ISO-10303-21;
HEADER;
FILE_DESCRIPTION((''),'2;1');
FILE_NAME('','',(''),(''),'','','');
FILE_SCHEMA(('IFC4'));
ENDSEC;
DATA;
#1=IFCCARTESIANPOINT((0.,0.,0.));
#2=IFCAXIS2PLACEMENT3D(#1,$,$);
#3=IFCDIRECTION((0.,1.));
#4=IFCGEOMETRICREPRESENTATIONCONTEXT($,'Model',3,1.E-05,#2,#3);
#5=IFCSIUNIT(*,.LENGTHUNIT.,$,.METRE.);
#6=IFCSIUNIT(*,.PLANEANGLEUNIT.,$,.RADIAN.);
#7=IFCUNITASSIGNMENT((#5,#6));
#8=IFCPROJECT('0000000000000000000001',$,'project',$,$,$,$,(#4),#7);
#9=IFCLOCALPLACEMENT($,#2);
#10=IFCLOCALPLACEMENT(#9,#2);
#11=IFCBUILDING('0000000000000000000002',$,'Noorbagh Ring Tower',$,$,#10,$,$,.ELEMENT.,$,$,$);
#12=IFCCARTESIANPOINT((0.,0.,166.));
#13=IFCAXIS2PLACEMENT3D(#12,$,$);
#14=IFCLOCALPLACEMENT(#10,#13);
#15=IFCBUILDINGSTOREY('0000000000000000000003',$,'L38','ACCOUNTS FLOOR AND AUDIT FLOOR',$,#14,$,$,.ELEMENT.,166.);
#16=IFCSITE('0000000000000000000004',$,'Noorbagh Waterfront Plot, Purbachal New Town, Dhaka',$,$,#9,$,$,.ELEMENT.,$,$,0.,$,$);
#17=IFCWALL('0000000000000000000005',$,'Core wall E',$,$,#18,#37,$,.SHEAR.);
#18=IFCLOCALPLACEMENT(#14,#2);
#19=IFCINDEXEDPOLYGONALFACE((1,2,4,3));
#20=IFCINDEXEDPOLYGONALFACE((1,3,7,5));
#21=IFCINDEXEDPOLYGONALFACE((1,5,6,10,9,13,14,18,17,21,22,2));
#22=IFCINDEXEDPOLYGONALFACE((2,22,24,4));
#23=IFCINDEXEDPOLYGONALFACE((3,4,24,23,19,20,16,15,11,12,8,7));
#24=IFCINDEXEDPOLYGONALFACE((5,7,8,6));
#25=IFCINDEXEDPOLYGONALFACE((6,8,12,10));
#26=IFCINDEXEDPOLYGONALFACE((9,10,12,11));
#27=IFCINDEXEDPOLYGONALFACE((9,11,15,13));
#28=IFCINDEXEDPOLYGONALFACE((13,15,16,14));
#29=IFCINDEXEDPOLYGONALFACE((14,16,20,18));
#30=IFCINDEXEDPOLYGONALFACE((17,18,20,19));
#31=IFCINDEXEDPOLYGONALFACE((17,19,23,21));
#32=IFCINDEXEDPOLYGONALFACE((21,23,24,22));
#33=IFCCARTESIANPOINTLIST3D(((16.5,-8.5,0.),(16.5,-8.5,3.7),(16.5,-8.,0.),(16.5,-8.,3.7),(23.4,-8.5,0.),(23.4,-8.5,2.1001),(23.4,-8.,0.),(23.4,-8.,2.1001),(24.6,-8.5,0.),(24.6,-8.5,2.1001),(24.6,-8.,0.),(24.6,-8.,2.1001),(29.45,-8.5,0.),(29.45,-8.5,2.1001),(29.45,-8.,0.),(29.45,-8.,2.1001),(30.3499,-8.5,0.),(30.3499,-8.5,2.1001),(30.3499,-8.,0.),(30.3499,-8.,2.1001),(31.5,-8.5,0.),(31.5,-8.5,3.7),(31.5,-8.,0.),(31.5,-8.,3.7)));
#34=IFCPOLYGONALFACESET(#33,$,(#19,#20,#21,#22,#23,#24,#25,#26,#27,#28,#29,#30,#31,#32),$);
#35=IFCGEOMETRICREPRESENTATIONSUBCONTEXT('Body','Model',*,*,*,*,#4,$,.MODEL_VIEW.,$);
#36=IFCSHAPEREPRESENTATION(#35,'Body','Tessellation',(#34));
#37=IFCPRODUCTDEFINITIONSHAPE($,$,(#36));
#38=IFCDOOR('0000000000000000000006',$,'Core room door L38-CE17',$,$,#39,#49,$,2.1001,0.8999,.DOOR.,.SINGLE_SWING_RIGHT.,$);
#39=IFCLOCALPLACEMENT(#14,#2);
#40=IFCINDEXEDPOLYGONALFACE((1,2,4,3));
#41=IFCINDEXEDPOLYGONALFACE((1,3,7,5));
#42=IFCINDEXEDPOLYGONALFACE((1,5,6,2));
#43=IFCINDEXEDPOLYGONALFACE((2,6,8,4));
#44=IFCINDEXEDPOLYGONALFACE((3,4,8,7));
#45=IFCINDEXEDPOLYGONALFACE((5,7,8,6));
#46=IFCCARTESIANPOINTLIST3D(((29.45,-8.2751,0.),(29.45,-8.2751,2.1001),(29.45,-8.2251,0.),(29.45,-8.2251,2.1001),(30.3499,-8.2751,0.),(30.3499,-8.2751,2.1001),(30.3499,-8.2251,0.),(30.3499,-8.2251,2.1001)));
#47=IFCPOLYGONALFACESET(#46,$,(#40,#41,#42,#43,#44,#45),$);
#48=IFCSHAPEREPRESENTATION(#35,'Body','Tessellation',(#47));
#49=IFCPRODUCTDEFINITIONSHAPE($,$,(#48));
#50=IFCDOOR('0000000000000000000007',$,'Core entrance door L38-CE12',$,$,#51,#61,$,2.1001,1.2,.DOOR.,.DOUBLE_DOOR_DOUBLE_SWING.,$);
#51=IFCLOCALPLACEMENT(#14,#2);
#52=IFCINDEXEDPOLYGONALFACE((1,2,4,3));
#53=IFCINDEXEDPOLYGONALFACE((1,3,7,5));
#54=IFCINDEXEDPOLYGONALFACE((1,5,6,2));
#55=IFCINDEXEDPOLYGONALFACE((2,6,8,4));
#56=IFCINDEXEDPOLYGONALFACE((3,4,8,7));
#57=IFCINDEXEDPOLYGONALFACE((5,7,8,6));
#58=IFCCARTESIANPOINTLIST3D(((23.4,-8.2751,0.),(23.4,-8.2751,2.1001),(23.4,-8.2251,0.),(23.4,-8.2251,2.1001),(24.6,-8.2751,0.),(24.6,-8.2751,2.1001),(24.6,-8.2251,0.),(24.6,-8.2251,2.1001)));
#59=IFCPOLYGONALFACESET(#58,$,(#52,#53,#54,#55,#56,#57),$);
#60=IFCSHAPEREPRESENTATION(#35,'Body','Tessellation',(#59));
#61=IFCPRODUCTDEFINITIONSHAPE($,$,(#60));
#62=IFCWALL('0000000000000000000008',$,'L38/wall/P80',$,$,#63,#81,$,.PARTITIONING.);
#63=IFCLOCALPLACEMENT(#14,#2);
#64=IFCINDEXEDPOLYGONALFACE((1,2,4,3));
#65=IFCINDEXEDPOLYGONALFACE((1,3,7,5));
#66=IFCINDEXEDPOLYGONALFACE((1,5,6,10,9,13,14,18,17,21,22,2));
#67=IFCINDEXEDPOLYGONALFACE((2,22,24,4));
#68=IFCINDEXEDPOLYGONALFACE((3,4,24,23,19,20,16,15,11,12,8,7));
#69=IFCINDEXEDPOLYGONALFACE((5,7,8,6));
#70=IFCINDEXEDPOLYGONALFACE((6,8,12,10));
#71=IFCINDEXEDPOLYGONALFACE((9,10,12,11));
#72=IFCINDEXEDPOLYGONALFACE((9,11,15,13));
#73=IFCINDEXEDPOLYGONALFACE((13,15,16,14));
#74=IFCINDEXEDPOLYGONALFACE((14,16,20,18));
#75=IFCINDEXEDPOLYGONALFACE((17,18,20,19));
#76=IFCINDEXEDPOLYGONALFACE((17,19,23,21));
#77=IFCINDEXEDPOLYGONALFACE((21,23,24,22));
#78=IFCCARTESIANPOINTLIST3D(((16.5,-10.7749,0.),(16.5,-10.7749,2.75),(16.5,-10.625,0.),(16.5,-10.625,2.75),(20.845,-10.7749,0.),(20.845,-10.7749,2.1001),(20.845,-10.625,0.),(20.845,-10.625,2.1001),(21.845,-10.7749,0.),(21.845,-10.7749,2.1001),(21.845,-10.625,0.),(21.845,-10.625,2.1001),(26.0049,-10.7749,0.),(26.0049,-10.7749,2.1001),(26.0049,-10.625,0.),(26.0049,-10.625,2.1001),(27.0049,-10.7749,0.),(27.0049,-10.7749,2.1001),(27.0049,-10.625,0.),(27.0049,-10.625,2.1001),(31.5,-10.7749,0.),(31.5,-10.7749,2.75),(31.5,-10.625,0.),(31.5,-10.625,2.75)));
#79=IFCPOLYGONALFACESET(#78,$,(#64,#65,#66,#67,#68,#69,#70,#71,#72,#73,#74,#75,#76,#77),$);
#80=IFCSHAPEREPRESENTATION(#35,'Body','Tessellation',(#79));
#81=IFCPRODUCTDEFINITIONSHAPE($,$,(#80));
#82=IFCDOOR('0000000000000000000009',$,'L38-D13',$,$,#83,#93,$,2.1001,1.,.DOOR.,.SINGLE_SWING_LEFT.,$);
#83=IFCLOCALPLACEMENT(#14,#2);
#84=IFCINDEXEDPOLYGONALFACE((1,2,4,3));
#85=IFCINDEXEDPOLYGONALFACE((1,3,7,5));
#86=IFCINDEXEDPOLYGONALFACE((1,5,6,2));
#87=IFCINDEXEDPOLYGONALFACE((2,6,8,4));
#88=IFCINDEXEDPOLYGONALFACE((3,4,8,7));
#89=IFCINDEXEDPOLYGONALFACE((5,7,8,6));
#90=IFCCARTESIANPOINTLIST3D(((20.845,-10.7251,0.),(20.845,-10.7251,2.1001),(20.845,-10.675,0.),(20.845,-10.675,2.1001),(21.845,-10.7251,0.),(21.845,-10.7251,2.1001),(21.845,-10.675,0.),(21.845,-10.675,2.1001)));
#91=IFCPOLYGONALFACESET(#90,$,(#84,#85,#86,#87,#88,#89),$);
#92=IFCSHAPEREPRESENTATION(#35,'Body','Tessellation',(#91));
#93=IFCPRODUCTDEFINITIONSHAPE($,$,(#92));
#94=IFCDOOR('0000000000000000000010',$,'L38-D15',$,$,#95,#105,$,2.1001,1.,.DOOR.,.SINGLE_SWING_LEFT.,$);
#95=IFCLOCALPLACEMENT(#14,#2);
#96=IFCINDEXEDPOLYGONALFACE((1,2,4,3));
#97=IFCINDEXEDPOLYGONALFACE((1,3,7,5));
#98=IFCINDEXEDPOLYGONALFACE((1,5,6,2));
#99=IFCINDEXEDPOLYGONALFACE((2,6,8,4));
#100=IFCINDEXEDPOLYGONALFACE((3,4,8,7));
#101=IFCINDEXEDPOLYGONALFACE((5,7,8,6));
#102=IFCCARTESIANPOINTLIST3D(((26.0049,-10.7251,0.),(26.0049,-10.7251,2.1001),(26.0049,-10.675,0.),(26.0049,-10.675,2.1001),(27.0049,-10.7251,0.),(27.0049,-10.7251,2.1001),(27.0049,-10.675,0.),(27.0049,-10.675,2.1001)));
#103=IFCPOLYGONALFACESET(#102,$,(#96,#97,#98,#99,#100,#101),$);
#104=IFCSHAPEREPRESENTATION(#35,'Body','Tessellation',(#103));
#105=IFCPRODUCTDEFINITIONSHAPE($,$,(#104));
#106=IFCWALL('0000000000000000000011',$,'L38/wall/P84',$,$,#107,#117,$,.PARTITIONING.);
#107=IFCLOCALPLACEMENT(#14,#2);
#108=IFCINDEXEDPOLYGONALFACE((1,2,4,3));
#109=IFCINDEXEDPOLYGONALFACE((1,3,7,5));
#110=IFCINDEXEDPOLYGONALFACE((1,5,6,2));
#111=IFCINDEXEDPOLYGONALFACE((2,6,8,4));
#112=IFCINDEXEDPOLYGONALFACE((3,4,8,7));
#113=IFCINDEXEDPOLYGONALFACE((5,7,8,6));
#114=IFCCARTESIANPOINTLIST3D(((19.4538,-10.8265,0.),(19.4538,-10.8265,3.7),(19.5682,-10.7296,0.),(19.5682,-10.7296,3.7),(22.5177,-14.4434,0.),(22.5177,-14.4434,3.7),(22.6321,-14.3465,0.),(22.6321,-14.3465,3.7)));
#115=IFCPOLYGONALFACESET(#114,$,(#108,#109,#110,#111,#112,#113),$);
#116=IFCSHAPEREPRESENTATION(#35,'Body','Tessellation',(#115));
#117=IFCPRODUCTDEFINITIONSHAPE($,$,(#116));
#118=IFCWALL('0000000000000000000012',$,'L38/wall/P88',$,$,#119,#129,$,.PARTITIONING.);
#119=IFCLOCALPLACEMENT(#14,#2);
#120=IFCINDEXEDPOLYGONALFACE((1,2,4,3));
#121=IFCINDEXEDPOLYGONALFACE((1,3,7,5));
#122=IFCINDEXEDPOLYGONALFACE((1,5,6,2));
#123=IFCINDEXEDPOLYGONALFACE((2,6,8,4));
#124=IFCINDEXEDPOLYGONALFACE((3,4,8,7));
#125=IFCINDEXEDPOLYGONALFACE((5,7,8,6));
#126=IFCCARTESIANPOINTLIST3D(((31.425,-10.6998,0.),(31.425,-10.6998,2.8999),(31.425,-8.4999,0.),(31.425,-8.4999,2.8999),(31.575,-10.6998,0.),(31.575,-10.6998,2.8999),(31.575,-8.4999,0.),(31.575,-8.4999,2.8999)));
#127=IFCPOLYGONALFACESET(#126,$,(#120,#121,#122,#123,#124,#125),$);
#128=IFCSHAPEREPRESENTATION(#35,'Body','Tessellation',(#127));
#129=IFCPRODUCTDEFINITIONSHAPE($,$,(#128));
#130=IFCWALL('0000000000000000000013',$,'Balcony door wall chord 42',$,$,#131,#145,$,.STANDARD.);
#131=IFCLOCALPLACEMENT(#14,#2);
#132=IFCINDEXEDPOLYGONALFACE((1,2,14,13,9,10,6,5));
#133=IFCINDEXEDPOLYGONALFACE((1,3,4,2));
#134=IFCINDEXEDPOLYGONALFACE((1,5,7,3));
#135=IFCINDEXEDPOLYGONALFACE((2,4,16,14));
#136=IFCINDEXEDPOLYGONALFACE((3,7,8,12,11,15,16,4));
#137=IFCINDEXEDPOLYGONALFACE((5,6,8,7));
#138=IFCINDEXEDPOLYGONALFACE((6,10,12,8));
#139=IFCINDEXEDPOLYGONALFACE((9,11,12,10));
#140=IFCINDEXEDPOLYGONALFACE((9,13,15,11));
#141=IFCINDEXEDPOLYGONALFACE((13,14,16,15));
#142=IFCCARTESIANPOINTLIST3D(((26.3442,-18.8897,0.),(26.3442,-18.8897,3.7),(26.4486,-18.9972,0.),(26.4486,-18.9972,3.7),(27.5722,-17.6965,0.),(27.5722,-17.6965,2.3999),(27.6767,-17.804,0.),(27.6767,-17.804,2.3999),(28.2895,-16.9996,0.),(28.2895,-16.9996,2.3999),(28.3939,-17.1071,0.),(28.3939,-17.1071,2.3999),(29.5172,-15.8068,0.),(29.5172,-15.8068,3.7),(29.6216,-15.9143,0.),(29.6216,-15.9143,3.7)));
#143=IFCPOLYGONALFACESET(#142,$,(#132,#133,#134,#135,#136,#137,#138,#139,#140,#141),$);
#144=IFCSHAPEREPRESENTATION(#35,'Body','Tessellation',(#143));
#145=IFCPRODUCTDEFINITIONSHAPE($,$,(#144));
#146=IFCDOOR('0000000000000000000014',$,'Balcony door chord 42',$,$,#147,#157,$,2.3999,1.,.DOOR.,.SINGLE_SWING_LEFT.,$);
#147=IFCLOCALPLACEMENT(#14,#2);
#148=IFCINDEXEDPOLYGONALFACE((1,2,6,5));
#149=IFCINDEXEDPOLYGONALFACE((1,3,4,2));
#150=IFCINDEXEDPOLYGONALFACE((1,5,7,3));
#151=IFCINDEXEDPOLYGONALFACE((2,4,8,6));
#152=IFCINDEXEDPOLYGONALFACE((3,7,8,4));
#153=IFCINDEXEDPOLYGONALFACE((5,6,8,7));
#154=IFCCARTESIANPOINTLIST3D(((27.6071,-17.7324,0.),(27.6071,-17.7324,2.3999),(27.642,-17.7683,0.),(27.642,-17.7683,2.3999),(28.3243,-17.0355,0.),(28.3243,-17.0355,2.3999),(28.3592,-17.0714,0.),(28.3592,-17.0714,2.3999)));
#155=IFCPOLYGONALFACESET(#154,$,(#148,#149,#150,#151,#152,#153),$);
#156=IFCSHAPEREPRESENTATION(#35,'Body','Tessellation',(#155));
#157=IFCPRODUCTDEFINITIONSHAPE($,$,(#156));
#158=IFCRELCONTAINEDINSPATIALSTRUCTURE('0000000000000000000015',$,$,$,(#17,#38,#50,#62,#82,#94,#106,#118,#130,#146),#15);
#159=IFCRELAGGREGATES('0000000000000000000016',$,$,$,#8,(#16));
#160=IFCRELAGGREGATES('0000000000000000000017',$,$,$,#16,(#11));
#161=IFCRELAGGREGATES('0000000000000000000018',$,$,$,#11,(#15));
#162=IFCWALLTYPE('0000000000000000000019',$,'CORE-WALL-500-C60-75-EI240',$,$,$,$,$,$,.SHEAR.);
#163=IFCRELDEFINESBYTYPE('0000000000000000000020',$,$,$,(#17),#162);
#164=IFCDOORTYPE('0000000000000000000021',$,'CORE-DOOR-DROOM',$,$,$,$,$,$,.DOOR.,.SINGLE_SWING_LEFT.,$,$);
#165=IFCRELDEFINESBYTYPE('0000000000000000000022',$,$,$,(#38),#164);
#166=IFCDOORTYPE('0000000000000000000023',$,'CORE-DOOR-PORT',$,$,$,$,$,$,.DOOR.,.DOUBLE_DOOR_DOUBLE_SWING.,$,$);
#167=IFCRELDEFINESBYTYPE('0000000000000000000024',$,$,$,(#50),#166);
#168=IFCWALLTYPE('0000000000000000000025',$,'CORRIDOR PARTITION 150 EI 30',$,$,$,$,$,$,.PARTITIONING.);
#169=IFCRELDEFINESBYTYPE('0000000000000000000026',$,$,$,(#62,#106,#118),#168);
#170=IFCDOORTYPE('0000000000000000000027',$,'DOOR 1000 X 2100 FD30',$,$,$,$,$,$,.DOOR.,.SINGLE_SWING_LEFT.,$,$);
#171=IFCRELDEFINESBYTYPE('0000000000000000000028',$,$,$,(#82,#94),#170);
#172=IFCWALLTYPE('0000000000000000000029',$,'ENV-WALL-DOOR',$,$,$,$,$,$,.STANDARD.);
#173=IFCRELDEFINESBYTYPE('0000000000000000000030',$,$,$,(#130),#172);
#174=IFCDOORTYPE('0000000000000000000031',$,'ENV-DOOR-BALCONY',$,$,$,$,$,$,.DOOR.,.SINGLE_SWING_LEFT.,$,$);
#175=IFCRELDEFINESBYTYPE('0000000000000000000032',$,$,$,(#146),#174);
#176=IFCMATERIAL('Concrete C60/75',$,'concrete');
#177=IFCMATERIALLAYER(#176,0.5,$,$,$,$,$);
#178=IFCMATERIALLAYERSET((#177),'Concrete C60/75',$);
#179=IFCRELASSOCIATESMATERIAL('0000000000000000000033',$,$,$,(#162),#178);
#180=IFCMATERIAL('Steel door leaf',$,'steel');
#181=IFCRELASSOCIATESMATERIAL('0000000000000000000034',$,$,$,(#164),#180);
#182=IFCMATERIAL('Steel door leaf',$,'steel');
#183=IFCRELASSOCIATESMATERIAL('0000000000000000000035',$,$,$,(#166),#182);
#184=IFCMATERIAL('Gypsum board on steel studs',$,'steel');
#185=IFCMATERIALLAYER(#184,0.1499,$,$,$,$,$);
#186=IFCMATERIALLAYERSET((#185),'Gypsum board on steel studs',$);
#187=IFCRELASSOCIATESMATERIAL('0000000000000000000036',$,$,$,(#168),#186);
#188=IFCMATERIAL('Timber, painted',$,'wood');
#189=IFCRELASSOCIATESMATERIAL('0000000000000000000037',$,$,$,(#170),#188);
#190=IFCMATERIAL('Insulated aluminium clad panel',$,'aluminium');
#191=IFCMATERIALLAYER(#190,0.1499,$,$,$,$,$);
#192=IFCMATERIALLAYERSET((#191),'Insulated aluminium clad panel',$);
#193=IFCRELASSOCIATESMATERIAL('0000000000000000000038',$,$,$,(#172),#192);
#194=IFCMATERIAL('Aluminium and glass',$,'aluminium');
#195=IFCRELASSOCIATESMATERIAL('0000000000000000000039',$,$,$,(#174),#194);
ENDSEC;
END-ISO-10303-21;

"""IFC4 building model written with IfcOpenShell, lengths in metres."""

from ifc_helpers import new_model, si_unit, direction, frame, frame_2d, origin, place, context, subcontext, project, spatial, rectangle, extrude, material, layer, layer_set, type_object, element, fill, save


model = new_model("IFC4")

# Units and contexts
model_context = context("Model", 3, precision=1e-05, world=origin(), true_north=direction((0.0, 1.0)))
body_context = subcontext(model_context, "Body", "Model", "MODEL_VIEW")
ifc_project = project(units=[si_unit("LENGTHUNIT", "METRE"), si_unit("PLANEANGLEUNIT", "RADIAN")], contexts=[model_context])

# Site, building, storey
site_placement = place(None, origin())
site = spatial("IfcSite", under=ifc_project, at=site_placement, Name="Noorbagh Waterfront Plot, Purbachal New Town, Dhaka", CompositionType="ELEMENT", RefElevation=0.0)
building_placement = place(site_placement, origin())
building = spatial("IfcBuilding", under=site, at=building_placement, Name="Noorbagh Ring Tower", CompositionType="ELEMENT")
storey_placement = place(building_placement, frame((0.0, 0.0, 166.0)))
storey = spatial("IfcBuildingStorey", under=building, at=storey_placement, Name="L38", Description="ACCOUNTS FLOOR AND AUDIT FLOOR", CompositionType="ELEMENT", Elevation=166.0)

# Walls, openings, doors
ifc_material_1 = material(Name="Concrete C60/75", Category="concrete")
ifc_layer_1 = layer(ifc_material_1, 0.5)
ifc_layer_set_1 = layer_set([ifc_layer_1], Name="Concrete C60/75")
wall_type_1 = type_object("IfcWallType", Name="CORE-WALL-500-C60-75-EI240", PredefinedType="SHEAR", material=ifc_layer_set_1)
wall_1_placement = place(storey_placement, frame((16.5, -8.25, 0.0), z_axis=(0.0, 0.0, 1.0), x_axis=(1.0, 0.0, 0.0)))
wall_1 = element("IfcWall", 1, at=wall_1_placement, inside=storey, type_object=wall_type_1, Name="Core wall E", PredefinedType="SHEAR", context=body_context, shape_type="SweptSolid", body=[
    extrude(rectangle(XDim=15.0, YDim=0.5, at=frame_2d((7.5, 0.0))), origin(), (0.0, 0.0, 1.0), 3.7),
])
opening_1_placement = place(wall_1_placement, frame((6.8999, 0.0, 0.0)))
opening_1 = element("IfcOpeningElement", 2, at=opening_1_placement, cuts=wall_1, PredefinedType="OPENING", context=body_context, shape_type="SweptSolid", body=[
    extrude(rectangle(XDim=1.2, YDim=2.1001, at=frame_2d((0.6001, 1.05))), frame((0.0, 0.26, 0.0), z_axis=(0.0, -1.0, 0.0), x_axis=(1.0, 0.0, 0.0)), (0.0, 0.0, 1.0), 0.52),
])
opening_2_placement = place(wall_1_placement, frame((12.95, 0.0, 0.0)))
opening_2 = element("IfcOpeningElement", 3, at=opening_2_placement, cuts=wall_1, PredefinedType="OPENING", context=body_context, shape_type="SweptSolid", body=[
    extrude(rectangle(XDim=0.8999, YDim=2.1001, at=frame_2d((0.45, 1.05))), frame((0.0, 0.26, 0.0), z_axis=(0.0, -1.0, 0.0), x_axis=(1.0, 0.0, 0.0)), (0.0, 0.0, 1.0), 0.52),
])
ifc_material_2 = material(Name="Steel door leaf", Category="steel")
door_type_1 = type_object("IfcDoorType", Name="CORE-DOOR-DROOM", OperationType="SINGLE_SWING_LEFT", PredefinedType="DOOR", material=ifc_material_2)
door_1_placement = place(opening_2_placement, origin())
door_1 = element("IfcDoor", 4, at=door_1_placement, inside=storey, type_object=door_type_1, Name="Core room door L38-CE17", OperationType="SINGLE_SWING_RIGHT", OverallHeight=2.1001, OverallWidth=0.8999, PredefinedType="DOOR", context=body_context, shape_type="SweptSolid", body=[
    extrude(rectangle(XDim=0.8999, YDim=2.1001, at=frame_2d((0.45, 1.05))), frame((0.0, 0.0249, 0.0), z_axis=(0.0, -1.0, 0.0), x_axis=(1.0, 0.0, 0.0)), (0.0, 0.0, 1.0), 0.05),
])
fill(opening_2, door_1)
ifc_material_3 = material(Name="Steel door leaf", Category="steel")
door_type_2 = type_object("IfcDoorType", Name="CORE-DOOR-PORT", OperationType="DOUBLE_DOOR_DOUBLE_SWING", PredefinedType="DOOR", material=ifc_material_3)
door_2_placement = place(opening_1_placement, origin())
door_2 = element("IfcDoor", 5, at=door_2_placement, inside=storey, type_object=door_type_2, Name="Core entrance door L38-CE12", OperationType="DOUBLE_DOOR_DOUBLE_SWING", OverallHeight=2.1001, OverallWidth=1.2, PredefinedType="DOOR", context=body_context, shape_type="SweptSolid", body=[
    extrude(rectangle(XDim=1.2, YDim=2.1001, at=frame_2d((0.6001, 1.05))), frame((0.0, 0.0249, 0.0), z_axis=(0.0, -1.0, 0.0), x_axis=(1.0, 0.0, 0.0)), (0.0, 0.0, 1.0), 0.05),
])
fill(opening_1, door_2)
ifc_material_4 = material(Name="Gypsum board on steel studs", Category="steel")
ifc_layer_2 = layer(ifc_material_4, 0.1499)
ifc_layer_set_2 = layer_set([ifc_layer_2], Name="Gypsum board on steel studs")
wall_type_2 = type_object("IfcWallType", Name="CORRIDOR PARTITION 150 EI 30", PredefinedType="PARTITIONING", material=ifc_layer_set_2)
wall_2_placement = place(storey_placement, frame((16.5, -10.7, 0.0), z_axis=(0.0, 0.0, 1.0), x_axis=(1.0, 0.0, 0.0)))
wall_2 = element("IfcWall", 6, at=wall_2_placement, inside=storey, type_object=wall_type_2, Name="L38/wall/P80", PredefinedType="PARTITIONING", context=body_context, shape_type="SweptSolid", body=[
    extrude(rectangle(XDim=15.0, YDim=0.1499, at=frame_2d((7.5, 0.0))), origin(), (0.0, 0.0, 1.0), 2.75),
])
opening_3_placement = place(wall_2_placement, frame((4.345, 0.0, 0.0)))
opening_3 = element("IfcOpeningElement", 7, at=opening_3_placement, cuts=wall_2, PredefinedType="OPENING", context=body_context, shape_type="SweptSolid", body=[
    extrude(rectangle(XDim=1.0, YDim=2.1001, at=frame_2d((0.5, 1.05))), frame((0.0, 0.085, 0.0), z_axis=(0.0, -1.0, 0.0), x_axis=(1.0, 0.0, 0.0)), (0.0, 0.0, 1.0), 0.1699),
])
opening_4_placement = place(wall_2_placement, frame((9.5049, 0.0, 0.0)))
opening_4 = element("IfcOpeningElement", 8, at=opening_4_placement, cuts=wall_2, PredefinedType="OPENING", context=body_context, shape_type="SweptSolid", body=[
    extrude(rectangle(XDim=1.0, YDim=2.1001, at=frame_2d((0.5, 1.05))), frame((0.0, 0.085, 0.0), z_axis=(0.0, -1.0, 0.0), x_axis=(1.0, 0.0, 0.0)), (0.0, 0.0, 1.0), 0.1699),
])
ifc_material_5 = material(Name="Timber, painted", Category="wood")
door_type_3 = type_object("IfcDoorType", Name="DOOR 1000 X 2100 FD30", OperationType="SINGLE_SWING_LEFT", PredefinedType="DOOR", material=ifc_material_5)
door_3_placement = place(opening_3_placement, origin())
door_3 = element("IfcDoor", 9, at=door_3_placement, inside=storey, type_object=door_type_3, Name="L38-D13", OperationType="SINGLE_SWING_LEFT", OverallHeight=2.1001, OverallWidth=1.0, PredefinedType="DOOR", context=body_context, shape_type="SweptSolid", body=[
    extrude(rectangle(XDim=1.0, YDim=2.1001, at=frame_2d((0.5, 1.05))), frame((0.0, 0.0249, 0.0), z_axis=(0.0, -1.0, 0.0), x_axis=(1.0, 0.0, 0.0)), (0.0, 0.0, 1.0), 0.05),
])
fill(opening_3, door_3)
door_4_placement = place(opening_4_placement, origin())
door_4 = element("IfcDoor", 10, at=door_4_placement, inside=storey, type_object=door_type_3, Name="L38-D15", OperationType="SINGLE_SWING_LEFT", OverallHeight=2.1001, OverallWidth=1.0, PredefinedType="DOOR", context=body_context, shape_type="SweptSolid", body=[
    extrude(rectangle(XDim=1.0, YDim=2.1001, at=frame_2d((0.5, 1.05))), frame((0.0, 0.0249, 0.0), z_axis=(0.0, -1.0, 0.0), x_axis=(1.0, 0.0, 0.0)), (0.0, 0.0, 1.0), 0.05),
])
fill(opening_4, door_4)

# Walls
wall_3_placement = place(storey_placement, frame((19.511, -10.7781, 0.0), z_axis=(0.0, 0.0, 1.0), x_axis=(0.646369, -0.763025, 0.0)))
element("IfcWall", 11, at=wall_3_placement, inside=storey, type_object=wall_type_2, Name="L38/wall/P84", PredefinedType="PARTITIONING", context=body_context, shape_type="SweptSolid", body=[
    extrude(rectangle(XDim=4.7402, YDim=0.1499, at=frame_2d((2.3701, 0.0))), origin(), (0.0, 0.0, 1.0), 3.7),
])
wall_4_placement = place(storey_placement, frame((31.5, -10.7, 0.0), z_axis=(0.0, 0.0, 1.0), x_axis=(0.0, 1.0, 0.0)))
element("IfcWall", 12, at=wall_4_placement, inside=storey, type_object=wall_type_2, Name="L38/wall/P88", PredefinedType="PARTITIONING", context=body_context, shape_type="SweptSolid", body=[
    extrude(rectangle(XDim=2.2, YDim=0.1499, at=frame_2d((1.1001, 0.0))), origin(), (0.0, 0.0, 1.0), 2.8999),
])

# Wall, opening, door
ifc_material_6 = material(Name="Insulated aluminium clad panel", Category="aluminium")
ifc_layer_3 = layer(ifc_material_6, 0.1499)
ifc_layer_set_3 = layer_set([ifc_layer_3], Name="Insulated aluminium clad panel")
wall_type_3 = type_object("IfcWallType", Name="ENV-WALL-DOOR", PredefinedType="STANDARD", material=ifc_layer_set_3)
wall_5_placement = place(storey_placement, frame((26.3965, -18.9434, 0.0), z_axis=(0.0, 0.0, 1.0), x_axis=(0.717215, 0.696852, 0.0)))
wall_5 = element("IfcWall", 13, at=wall_5_placement, inside=storey, type_object=wall_type_3, Name="Balcony door wall chord 42", PredefinedType="STANDARD", context=body_context, shape_type="SweptSolid", body=[
    extrude(rectangle(XDim=4.4241, YDim=0.1499, at=frame_2d((2.2119, 0.0))), origin(), (0.0, 0.0, 1.0), 3.7),
])
opening_5_placement = place(wall_5_placement, frame((1.7122, 0.0, 0.0)))
opening_5 = element("IfcOpeningElement", 14, at=opening_5_placement, cuts=wall_5, PredefinedType="OPENING", context=body_context, shape_type="SweptSolid", body=[
    extrude(rectangle(XDim=1.0, YDim=2.3999, at=frame_2d((0.5, 1.2))), frame((0.0, 0.085, 0.0), z_axis=(0.0, -1.0, 0.0), x_axis=(1.0, 0.0, 0.0)), (0.0, 0.0, 1.0), 0.1699),
])
ifc_material_7 = material(Name="Aluminium and glass", Category="aluminium")
door_type_4 = type_object("IfcDoorType", Name="ENV-DOOR-BALCONY", OperationType="SINGLE_SWING_LEFT", PredefinedType="DOOR", material=ifc_material_7)
door_5_placement = place(opening_5_placement, origin())
door_5 = element("IfcDoor", 15, at=door_5_placement, inside=storey, type_object=door_type_4, Name="Balcony door chord 42", OperationType="SINGLE_SWING_LEFT", OverallHeight=2.3999, OverallWidth=1.0, PredefinedType="DOOR", context=body_context, shape_type="SweptSolid", body=[
    extrude(rectangle(XDim=1.0, YDim=2.3999, at=frame_2d((0.5, 1.2))), frame((0.0, 0.0249, 0.0), z_axis=(0.0, -1.0, 0.0), x_axis=(1.0, 0.0, 0.0)), (0.0, 0.0, 1.0), 0.05),
])
fill(opening_5, door_5)

save(model, "model.ifc")
